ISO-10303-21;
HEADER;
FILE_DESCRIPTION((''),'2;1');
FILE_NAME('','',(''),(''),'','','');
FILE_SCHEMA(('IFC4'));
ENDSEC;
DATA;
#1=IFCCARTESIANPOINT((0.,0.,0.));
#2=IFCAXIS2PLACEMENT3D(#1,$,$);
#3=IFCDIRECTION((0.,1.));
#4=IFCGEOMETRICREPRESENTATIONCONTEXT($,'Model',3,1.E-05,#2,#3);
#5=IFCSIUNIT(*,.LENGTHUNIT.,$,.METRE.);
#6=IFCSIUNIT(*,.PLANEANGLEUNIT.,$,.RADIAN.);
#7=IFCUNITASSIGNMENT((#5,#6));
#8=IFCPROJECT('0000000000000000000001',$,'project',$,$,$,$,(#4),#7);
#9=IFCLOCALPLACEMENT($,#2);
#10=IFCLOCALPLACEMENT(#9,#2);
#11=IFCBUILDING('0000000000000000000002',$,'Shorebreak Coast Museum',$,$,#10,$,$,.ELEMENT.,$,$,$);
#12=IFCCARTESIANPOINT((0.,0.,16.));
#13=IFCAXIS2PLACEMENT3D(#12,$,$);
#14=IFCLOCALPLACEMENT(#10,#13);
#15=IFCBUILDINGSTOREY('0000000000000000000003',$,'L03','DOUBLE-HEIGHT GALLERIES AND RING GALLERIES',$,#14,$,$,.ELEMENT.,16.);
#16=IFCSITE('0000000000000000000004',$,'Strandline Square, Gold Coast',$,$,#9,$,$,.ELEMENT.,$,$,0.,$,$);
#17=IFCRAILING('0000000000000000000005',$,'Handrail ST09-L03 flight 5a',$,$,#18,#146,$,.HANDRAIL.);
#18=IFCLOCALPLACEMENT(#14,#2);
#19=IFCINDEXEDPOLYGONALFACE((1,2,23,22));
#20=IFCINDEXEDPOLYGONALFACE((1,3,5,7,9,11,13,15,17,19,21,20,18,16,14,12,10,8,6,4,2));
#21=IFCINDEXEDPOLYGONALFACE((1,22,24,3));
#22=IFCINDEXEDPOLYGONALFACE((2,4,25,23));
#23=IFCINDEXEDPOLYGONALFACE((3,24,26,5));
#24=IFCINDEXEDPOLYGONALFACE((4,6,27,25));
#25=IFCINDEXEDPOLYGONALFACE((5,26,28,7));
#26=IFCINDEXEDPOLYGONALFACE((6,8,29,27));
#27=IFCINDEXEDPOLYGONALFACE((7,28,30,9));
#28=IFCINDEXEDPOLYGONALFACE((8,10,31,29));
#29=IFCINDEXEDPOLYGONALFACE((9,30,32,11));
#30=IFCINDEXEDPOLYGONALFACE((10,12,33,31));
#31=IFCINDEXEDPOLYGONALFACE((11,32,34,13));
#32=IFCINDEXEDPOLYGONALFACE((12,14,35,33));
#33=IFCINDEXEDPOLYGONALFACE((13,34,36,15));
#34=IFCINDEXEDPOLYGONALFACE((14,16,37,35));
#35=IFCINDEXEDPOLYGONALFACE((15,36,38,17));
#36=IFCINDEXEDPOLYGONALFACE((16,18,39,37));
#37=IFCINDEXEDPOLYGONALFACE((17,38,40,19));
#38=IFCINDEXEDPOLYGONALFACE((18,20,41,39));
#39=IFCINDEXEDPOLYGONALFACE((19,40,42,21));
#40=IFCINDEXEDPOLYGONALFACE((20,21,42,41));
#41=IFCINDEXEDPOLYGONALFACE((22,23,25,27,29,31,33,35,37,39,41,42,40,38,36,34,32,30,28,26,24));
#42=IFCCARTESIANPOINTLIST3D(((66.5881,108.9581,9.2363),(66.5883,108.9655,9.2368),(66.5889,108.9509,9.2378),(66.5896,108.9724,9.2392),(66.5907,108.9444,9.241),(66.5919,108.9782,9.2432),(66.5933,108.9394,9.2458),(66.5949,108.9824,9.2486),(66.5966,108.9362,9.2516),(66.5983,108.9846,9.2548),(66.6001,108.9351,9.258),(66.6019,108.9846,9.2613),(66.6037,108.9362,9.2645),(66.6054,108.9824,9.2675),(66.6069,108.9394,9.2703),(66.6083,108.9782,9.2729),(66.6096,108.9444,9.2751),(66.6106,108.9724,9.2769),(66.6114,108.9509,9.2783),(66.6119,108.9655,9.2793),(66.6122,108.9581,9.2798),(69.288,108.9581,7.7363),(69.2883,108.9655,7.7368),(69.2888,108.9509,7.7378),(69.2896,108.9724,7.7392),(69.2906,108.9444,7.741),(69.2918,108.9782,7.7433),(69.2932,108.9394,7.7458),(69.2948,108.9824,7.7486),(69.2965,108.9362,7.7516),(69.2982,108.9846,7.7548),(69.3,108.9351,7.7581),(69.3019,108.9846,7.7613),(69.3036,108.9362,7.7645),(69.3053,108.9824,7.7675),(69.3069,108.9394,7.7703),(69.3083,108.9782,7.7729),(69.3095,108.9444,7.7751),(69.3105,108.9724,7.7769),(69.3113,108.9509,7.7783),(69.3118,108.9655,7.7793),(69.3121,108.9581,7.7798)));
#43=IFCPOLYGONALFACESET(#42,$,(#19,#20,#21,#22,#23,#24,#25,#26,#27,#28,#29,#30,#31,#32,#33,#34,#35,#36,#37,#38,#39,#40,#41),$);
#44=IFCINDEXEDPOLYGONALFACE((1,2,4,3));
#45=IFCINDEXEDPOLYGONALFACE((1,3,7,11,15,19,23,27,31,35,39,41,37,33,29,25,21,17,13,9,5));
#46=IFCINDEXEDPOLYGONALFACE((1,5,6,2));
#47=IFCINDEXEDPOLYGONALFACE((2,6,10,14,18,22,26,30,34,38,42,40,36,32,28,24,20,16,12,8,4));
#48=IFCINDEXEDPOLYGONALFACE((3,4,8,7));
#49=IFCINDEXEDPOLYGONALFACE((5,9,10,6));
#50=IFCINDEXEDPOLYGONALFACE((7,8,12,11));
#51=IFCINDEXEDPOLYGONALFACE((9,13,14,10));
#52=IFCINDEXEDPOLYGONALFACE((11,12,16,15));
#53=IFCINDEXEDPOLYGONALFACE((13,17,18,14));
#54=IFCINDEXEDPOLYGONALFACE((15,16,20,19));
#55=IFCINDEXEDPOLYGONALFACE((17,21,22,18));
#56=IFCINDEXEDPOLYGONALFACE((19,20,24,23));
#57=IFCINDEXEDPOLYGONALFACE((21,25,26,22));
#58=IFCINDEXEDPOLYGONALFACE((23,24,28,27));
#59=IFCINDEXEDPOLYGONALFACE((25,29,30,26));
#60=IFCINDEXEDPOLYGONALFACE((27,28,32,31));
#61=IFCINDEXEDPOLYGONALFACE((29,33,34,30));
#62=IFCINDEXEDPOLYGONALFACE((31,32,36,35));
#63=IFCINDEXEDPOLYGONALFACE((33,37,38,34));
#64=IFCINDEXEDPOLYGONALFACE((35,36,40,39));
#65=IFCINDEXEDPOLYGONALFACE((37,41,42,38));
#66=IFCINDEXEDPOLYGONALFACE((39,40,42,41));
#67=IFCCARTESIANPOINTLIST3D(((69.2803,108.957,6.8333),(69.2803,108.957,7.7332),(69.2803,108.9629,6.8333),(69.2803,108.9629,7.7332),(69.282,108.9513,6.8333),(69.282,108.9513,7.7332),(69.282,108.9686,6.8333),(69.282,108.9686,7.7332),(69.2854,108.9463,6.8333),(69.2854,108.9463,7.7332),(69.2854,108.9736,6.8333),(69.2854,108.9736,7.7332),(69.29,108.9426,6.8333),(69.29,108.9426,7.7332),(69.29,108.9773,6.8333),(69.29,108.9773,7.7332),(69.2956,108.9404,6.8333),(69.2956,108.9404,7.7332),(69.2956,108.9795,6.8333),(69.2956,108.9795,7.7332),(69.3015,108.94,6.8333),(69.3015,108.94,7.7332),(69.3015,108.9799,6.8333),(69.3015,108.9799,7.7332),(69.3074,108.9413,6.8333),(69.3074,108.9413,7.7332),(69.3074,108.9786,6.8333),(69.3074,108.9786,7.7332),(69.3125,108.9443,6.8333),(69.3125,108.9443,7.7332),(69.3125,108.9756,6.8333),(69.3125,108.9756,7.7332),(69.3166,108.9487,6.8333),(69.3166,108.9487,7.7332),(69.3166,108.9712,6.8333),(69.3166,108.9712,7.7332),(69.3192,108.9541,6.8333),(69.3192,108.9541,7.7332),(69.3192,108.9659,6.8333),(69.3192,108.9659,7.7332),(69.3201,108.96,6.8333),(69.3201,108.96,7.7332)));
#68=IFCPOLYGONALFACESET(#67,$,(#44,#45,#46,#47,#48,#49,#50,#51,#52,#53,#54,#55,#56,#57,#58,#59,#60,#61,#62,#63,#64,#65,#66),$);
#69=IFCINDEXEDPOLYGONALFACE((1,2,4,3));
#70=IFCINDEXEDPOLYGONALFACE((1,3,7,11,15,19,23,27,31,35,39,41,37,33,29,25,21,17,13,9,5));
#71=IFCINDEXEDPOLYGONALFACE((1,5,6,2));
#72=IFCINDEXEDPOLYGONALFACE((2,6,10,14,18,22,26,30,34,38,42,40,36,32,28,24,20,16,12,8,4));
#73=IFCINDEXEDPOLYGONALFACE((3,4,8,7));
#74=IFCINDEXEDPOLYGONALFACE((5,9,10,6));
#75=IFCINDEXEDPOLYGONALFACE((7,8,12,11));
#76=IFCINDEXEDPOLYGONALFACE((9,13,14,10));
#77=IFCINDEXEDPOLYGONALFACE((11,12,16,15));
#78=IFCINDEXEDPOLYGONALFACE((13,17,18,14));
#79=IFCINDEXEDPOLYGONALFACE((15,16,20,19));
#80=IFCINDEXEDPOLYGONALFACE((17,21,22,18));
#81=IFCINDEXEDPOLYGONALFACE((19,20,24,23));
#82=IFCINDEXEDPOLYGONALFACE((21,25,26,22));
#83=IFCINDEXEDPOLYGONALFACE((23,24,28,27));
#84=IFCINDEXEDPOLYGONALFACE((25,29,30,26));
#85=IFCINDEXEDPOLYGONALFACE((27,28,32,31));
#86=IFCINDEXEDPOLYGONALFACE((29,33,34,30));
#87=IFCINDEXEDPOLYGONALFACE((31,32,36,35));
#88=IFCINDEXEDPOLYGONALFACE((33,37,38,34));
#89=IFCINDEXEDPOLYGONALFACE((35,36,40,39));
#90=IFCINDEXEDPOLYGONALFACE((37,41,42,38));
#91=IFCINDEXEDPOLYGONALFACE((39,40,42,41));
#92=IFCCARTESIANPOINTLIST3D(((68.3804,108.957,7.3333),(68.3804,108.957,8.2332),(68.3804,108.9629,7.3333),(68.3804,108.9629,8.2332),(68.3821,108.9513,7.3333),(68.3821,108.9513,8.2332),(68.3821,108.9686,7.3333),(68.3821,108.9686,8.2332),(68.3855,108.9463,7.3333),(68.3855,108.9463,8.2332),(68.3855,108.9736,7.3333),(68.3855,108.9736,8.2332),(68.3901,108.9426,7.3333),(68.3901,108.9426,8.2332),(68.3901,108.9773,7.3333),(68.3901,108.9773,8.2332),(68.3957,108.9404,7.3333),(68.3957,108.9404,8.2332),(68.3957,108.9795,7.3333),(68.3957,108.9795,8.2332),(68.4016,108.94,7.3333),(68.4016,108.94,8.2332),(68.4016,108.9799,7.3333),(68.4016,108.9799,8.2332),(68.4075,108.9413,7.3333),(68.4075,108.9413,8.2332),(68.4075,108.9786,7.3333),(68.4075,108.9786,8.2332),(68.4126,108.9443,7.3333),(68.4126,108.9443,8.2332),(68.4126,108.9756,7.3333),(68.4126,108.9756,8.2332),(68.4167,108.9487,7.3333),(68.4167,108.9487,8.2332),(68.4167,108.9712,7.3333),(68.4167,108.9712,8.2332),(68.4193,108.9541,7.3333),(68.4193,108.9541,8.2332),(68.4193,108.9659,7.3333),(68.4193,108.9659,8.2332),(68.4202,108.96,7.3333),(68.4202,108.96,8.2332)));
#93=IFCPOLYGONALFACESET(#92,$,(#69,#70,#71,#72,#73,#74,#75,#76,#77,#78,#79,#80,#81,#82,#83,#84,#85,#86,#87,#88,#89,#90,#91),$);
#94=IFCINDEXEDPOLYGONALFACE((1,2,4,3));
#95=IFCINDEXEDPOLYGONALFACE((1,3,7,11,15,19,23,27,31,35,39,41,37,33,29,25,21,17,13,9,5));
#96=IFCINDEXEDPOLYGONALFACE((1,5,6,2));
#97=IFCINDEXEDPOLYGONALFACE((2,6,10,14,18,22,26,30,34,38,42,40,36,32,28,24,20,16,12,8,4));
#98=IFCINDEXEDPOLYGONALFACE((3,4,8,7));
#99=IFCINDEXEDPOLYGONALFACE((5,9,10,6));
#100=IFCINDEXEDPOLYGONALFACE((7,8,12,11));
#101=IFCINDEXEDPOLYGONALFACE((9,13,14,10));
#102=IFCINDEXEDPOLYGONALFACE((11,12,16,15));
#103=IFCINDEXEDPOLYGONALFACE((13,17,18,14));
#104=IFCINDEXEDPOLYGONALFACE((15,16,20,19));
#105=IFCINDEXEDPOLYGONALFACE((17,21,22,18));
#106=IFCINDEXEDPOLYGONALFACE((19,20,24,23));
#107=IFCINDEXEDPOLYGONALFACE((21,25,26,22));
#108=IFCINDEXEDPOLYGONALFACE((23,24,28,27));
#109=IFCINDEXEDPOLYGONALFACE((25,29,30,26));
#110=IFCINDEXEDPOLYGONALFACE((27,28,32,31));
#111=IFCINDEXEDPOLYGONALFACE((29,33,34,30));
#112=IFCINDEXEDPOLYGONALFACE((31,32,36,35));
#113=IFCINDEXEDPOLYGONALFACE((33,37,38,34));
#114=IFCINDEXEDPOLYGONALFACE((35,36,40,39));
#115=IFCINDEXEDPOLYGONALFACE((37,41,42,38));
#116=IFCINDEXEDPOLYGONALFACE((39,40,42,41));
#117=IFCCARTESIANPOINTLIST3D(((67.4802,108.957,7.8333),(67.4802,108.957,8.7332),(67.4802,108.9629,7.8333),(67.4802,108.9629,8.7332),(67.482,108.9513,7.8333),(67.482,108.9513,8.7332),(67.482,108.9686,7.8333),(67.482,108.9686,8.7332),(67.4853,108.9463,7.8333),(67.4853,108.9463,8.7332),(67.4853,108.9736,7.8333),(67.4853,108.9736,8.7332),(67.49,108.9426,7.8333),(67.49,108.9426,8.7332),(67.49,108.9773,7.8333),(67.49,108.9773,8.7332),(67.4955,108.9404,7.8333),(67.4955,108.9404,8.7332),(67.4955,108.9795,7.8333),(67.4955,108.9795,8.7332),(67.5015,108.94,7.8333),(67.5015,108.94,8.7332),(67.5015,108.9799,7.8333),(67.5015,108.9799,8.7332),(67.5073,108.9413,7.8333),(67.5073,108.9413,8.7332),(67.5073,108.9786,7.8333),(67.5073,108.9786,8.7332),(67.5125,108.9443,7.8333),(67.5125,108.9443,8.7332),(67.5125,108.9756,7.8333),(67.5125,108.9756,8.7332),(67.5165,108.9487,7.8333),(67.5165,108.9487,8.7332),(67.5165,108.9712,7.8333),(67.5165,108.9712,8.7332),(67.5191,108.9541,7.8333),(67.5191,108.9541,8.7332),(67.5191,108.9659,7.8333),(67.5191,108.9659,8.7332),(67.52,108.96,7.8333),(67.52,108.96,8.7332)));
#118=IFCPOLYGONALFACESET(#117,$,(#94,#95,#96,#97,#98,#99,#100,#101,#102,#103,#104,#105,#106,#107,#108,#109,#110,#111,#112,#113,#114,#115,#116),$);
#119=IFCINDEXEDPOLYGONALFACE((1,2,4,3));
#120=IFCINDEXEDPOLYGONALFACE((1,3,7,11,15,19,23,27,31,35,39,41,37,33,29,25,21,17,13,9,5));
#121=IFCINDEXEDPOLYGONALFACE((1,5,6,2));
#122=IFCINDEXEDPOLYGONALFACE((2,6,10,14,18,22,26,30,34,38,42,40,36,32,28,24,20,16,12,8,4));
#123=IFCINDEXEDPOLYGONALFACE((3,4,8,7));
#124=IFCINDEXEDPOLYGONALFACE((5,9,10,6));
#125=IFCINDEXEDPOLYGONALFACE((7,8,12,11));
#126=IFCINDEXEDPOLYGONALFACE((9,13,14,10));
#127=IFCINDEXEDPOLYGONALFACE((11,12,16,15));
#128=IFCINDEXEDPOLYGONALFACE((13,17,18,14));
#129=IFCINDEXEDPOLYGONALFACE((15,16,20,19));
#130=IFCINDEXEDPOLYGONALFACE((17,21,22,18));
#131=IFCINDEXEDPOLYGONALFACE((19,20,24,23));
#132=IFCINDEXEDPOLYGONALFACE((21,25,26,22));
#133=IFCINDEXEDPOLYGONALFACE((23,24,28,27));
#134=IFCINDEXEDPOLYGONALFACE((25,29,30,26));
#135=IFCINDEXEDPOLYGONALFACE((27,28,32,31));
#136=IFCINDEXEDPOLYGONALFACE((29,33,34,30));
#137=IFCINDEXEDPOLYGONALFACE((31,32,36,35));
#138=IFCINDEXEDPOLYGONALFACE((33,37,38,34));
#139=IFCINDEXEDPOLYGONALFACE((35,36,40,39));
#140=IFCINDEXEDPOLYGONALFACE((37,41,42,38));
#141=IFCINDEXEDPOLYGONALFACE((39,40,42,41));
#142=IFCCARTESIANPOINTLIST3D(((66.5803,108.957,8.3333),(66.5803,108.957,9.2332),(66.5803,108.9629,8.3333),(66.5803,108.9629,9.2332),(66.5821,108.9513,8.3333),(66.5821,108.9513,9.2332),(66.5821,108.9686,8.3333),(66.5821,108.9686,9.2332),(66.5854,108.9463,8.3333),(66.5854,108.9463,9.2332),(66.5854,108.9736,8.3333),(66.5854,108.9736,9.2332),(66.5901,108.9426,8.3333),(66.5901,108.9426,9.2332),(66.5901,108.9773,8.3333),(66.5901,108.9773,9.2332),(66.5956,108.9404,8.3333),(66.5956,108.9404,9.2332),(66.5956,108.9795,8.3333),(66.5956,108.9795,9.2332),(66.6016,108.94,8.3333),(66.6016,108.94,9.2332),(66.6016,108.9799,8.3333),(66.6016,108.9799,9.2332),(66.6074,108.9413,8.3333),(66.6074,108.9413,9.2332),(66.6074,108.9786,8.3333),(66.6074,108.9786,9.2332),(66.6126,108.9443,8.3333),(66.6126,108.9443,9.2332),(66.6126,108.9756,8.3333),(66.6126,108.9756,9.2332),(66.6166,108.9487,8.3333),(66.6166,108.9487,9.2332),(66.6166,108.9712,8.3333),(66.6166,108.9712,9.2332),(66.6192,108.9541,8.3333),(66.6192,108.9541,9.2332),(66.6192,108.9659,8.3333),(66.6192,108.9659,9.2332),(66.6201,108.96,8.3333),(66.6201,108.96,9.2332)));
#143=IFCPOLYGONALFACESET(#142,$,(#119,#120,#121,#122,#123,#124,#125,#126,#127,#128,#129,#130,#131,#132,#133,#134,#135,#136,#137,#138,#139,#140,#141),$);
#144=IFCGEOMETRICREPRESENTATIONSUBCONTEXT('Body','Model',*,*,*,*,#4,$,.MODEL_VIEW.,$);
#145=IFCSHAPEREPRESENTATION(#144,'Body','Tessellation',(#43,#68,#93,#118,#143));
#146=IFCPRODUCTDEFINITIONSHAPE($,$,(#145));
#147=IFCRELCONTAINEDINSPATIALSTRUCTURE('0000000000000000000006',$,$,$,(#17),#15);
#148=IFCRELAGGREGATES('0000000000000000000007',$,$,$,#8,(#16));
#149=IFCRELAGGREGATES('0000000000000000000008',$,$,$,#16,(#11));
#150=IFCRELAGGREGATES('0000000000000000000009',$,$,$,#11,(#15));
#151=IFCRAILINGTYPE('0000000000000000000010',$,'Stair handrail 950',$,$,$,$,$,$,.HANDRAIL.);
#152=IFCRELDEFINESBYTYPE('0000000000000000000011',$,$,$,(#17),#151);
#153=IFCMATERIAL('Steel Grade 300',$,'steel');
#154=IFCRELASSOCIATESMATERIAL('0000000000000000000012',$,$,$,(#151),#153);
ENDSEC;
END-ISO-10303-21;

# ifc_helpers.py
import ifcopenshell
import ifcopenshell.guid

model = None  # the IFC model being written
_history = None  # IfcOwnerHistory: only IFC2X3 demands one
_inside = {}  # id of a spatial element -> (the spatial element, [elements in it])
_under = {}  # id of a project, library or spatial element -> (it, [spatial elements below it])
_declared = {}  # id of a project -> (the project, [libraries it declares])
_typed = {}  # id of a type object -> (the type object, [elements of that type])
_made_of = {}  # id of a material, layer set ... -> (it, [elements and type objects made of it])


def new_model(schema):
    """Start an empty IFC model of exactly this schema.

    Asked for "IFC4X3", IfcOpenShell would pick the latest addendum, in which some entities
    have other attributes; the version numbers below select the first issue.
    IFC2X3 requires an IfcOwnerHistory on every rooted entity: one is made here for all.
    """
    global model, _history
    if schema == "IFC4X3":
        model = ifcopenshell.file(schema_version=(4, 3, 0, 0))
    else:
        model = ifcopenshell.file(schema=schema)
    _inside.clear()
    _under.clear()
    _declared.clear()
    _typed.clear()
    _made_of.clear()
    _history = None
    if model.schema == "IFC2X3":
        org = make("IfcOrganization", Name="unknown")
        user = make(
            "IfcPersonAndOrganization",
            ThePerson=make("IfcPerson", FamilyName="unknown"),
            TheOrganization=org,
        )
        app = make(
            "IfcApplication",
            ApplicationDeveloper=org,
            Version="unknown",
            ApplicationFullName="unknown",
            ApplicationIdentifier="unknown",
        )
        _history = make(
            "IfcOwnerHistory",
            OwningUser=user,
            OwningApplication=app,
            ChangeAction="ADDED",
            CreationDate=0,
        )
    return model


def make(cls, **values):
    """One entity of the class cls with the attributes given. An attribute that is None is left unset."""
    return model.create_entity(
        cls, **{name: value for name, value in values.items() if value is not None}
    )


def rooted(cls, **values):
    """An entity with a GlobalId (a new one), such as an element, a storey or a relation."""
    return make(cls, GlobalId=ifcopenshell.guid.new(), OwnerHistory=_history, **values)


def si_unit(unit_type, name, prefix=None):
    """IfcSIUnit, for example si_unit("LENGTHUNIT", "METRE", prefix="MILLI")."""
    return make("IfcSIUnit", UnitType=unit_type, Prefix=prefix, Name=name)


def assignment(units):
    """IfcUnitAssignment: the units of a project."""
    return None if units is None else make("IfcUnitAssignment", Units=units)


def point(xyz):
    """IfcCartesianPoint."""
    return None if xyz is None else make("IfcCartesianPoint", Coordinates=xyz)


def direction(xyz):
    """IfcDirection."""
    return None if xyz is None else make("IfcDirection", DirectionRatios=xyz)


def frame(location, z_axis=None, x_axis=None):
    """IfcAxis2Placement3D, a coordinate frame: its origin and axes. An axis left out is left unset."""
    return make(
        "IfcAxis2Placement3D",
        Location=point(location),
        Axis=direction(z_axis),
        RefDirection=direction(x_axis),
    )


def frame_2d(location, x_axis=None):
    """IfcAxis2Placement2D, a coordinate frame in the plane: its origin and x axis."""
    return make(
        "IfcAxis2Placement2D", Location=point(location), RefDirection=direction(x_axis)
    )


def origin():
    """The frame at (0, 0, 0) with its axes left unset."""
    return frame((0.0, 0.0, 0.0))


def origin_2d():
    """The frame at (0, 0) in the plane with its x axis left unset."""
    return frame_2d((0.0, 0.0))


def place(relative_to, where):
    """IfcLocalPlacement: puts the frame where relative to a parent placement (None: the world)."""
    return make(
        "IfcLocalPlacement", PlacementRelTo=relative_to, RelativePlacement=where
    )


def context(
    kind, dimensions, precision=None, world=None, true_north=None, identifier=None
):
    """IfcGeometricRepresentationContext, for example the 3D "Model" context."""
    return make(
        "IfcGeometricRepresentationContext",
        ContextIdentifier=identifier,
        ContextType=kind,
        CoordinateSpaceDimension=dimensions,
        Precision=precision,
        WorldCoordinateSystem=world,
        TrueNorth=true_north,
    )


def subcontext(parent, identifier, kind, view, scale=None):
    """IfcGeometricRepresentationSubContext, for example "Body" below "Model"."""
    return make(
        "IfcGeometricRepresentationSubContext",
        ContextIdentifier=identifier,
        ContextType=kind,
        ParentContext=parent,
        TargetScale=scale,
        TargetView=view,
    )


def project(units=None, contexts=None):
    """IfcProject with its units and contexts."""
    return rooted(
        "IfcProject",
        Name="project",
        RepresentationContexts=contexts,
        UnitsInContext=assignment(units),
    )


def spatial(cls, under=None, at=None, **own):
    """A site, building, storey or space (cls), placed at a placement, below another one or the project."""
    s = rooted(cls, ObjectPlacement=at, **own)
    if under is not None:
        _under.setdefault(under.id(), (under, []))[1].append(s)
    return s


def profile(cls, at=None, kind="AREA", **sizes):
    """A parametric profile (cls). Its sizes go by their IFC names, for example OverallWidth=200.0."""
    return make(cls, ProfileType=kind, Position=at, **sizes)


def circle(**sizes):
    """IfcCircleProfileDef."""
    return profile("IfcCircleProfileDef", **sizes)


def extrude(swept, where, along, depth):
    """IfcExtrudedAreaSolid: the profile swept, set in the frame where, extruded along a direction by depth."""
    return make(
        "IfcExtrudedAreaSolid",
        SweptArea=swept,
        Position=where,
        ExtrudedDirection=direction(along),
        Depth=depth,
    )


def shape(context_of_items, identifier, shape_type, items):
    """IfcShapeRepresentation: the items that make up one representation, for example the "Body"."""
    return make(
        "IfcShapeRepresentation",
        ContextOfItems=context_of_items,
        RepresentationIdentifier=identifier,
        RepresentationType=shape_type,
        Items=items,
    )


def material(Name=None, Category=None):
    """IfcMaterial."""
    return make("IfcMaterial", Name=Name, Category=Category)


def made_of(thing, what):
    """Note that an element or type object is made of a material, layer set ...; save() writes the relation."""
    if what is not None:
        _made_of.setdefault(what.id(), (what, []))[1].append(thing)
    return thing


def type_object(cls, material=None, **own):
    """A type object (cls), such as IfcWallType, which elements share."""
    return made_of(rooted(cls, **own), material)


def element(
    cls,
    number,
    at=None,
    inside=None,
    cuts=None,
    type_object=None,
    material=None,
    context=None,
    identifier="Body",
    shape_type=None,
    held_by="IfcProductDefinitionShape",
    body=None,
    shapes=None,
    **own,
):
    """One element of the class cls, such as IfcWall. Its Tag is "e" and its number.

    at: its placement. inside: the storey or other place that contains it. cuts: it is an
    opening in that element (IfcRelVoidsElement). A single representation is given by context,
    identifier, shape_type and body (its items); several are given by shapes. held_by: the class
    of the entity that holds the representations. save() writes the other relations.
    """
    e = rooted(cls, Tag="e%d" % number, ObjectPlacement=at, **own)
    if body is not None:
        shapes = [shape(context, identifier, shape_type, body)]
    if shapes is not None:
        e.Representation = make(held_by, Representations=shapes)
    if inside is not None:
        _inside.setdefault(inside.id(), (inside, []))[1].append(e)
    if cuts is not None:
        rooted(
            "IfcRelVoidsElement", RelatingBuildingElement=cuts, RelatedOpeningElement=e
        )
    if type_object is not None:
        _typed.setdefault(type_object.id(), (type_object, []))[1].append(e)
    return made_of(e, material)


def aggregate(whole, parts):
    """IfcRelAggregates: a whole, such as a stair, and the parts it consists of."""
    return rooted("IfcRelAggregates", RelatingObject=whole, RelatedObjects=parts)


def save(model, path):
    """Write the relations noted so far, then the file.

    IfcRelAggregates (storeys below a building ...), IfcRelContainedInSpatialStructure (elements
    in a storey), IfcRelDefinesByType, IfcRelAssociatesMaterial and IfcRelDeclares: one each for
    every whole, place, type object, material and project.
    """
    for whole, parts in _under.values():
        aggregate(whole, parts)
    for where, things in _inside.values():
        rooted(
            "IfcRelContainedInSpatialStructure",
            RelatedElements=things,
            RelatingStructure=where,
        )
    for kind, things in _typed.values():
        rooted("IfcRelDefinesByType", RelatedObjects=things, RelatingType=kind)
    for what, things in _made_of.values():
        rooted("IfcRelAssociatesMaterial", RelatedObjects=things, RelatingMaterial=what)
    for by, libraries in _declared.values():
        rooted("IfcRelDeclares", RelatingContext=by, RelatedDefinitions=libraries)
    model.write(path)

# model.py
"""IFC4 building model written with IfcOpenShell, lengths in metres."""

from ifc_helpers import new_model, si_unit, direction, frame, origin, origin_2d, place, context, subcontext, project, spatial, circle, extrude, material, type_object, element, save


model = new_model("IFC4")

# Units and contexts
model_context = context("Model", 3, precision=1e-05, world=origin(), true_north=direction((0.0, 1.0)))
body_context = subcontext(model_context, "Body", "Model", "MODEL_VIEW")
ifc_project = project(units=[si_unit("LENGTHUNIT", "METRE"), si_unit("PLANEANGLEUNIT", "RADIAN")], contexts=[model_context])

# Site, building, storey
site_placement = place(None, origin())
site = spatial("IfcSite", under=ifc_project, at=site_placement, Name="Strandline Square, Gold Coast", CompositionType="ELEMENT", RefElevation=0.0)
building_placement = place(site_placement, origin())
building = spatial("IfcBuilding", under=site, at=building_placement, Name="Shorebreak Coast Museum", CompositionType="ELEMENT")
storey_placement = place(building_placement, frame((0.0, 0.0, 16.0)))
storey = spatial("IfcBuildingStorey", under=building, at=storey_placement, Name="L03", Description="DOUBLE-HEIGHT GALLERIES AND RING GALLERIES", CompositionType="ELEMENT", Elevation=16.0)

# Railing
ifc_material_1 = material(Name="Steel Grade 300", Category="steel")
railing_type_1 = type_object("IfcRailingType", Name="Stair handrail 950", PredefinedType="HANDRAIL", material=ifc_material_1)
for number, where, name in (
    (1, (69.3, 108.96, 6.8333), "Handrail ST09-L03 flight 5a"),
):
    element("IfcRailing", number, at=place(storey_placement, frame(where)), inside=storey, type_object=railing_type_1, Name=name, PredefinedType="HANDRAIL", context=body_context, shape_type="SweptSolid", body=[
        extrude(circle(Radius=0.0249, at=origin_2d()), frame((0.0, 0.0, 0.9248), z_axis=(-0.874154, 0.0, 0.48565), x_axis=(0.0, -1.0, 0.0)), (0.0, 0.0, 1.0), 3.0886),
        extrude(circle(Radius=0.02, at=origin_2d()), origin(), (0.0, 0.0, 1.0), 0.8999),
        extrude(circle(Radius=0.02, at=origin_2d()), frame((-0.8999, 0.0, 0.5)), (0.0, 0.0, 1.0), 0.8999),
        extrude(circle(Radius=0.02, at=origin_2d()), frame((-1.8, 0.0, 1.0)), (0.0, 0.0, 1.0), 0.8999),
        extrude(circle(Radius=0.02, at=origin_2d()), frame((-2.7, 0.0, 1.5)), (0.0, 0.0, 1.0), 0.8999),
    ])

save(model, "model.ifc")
